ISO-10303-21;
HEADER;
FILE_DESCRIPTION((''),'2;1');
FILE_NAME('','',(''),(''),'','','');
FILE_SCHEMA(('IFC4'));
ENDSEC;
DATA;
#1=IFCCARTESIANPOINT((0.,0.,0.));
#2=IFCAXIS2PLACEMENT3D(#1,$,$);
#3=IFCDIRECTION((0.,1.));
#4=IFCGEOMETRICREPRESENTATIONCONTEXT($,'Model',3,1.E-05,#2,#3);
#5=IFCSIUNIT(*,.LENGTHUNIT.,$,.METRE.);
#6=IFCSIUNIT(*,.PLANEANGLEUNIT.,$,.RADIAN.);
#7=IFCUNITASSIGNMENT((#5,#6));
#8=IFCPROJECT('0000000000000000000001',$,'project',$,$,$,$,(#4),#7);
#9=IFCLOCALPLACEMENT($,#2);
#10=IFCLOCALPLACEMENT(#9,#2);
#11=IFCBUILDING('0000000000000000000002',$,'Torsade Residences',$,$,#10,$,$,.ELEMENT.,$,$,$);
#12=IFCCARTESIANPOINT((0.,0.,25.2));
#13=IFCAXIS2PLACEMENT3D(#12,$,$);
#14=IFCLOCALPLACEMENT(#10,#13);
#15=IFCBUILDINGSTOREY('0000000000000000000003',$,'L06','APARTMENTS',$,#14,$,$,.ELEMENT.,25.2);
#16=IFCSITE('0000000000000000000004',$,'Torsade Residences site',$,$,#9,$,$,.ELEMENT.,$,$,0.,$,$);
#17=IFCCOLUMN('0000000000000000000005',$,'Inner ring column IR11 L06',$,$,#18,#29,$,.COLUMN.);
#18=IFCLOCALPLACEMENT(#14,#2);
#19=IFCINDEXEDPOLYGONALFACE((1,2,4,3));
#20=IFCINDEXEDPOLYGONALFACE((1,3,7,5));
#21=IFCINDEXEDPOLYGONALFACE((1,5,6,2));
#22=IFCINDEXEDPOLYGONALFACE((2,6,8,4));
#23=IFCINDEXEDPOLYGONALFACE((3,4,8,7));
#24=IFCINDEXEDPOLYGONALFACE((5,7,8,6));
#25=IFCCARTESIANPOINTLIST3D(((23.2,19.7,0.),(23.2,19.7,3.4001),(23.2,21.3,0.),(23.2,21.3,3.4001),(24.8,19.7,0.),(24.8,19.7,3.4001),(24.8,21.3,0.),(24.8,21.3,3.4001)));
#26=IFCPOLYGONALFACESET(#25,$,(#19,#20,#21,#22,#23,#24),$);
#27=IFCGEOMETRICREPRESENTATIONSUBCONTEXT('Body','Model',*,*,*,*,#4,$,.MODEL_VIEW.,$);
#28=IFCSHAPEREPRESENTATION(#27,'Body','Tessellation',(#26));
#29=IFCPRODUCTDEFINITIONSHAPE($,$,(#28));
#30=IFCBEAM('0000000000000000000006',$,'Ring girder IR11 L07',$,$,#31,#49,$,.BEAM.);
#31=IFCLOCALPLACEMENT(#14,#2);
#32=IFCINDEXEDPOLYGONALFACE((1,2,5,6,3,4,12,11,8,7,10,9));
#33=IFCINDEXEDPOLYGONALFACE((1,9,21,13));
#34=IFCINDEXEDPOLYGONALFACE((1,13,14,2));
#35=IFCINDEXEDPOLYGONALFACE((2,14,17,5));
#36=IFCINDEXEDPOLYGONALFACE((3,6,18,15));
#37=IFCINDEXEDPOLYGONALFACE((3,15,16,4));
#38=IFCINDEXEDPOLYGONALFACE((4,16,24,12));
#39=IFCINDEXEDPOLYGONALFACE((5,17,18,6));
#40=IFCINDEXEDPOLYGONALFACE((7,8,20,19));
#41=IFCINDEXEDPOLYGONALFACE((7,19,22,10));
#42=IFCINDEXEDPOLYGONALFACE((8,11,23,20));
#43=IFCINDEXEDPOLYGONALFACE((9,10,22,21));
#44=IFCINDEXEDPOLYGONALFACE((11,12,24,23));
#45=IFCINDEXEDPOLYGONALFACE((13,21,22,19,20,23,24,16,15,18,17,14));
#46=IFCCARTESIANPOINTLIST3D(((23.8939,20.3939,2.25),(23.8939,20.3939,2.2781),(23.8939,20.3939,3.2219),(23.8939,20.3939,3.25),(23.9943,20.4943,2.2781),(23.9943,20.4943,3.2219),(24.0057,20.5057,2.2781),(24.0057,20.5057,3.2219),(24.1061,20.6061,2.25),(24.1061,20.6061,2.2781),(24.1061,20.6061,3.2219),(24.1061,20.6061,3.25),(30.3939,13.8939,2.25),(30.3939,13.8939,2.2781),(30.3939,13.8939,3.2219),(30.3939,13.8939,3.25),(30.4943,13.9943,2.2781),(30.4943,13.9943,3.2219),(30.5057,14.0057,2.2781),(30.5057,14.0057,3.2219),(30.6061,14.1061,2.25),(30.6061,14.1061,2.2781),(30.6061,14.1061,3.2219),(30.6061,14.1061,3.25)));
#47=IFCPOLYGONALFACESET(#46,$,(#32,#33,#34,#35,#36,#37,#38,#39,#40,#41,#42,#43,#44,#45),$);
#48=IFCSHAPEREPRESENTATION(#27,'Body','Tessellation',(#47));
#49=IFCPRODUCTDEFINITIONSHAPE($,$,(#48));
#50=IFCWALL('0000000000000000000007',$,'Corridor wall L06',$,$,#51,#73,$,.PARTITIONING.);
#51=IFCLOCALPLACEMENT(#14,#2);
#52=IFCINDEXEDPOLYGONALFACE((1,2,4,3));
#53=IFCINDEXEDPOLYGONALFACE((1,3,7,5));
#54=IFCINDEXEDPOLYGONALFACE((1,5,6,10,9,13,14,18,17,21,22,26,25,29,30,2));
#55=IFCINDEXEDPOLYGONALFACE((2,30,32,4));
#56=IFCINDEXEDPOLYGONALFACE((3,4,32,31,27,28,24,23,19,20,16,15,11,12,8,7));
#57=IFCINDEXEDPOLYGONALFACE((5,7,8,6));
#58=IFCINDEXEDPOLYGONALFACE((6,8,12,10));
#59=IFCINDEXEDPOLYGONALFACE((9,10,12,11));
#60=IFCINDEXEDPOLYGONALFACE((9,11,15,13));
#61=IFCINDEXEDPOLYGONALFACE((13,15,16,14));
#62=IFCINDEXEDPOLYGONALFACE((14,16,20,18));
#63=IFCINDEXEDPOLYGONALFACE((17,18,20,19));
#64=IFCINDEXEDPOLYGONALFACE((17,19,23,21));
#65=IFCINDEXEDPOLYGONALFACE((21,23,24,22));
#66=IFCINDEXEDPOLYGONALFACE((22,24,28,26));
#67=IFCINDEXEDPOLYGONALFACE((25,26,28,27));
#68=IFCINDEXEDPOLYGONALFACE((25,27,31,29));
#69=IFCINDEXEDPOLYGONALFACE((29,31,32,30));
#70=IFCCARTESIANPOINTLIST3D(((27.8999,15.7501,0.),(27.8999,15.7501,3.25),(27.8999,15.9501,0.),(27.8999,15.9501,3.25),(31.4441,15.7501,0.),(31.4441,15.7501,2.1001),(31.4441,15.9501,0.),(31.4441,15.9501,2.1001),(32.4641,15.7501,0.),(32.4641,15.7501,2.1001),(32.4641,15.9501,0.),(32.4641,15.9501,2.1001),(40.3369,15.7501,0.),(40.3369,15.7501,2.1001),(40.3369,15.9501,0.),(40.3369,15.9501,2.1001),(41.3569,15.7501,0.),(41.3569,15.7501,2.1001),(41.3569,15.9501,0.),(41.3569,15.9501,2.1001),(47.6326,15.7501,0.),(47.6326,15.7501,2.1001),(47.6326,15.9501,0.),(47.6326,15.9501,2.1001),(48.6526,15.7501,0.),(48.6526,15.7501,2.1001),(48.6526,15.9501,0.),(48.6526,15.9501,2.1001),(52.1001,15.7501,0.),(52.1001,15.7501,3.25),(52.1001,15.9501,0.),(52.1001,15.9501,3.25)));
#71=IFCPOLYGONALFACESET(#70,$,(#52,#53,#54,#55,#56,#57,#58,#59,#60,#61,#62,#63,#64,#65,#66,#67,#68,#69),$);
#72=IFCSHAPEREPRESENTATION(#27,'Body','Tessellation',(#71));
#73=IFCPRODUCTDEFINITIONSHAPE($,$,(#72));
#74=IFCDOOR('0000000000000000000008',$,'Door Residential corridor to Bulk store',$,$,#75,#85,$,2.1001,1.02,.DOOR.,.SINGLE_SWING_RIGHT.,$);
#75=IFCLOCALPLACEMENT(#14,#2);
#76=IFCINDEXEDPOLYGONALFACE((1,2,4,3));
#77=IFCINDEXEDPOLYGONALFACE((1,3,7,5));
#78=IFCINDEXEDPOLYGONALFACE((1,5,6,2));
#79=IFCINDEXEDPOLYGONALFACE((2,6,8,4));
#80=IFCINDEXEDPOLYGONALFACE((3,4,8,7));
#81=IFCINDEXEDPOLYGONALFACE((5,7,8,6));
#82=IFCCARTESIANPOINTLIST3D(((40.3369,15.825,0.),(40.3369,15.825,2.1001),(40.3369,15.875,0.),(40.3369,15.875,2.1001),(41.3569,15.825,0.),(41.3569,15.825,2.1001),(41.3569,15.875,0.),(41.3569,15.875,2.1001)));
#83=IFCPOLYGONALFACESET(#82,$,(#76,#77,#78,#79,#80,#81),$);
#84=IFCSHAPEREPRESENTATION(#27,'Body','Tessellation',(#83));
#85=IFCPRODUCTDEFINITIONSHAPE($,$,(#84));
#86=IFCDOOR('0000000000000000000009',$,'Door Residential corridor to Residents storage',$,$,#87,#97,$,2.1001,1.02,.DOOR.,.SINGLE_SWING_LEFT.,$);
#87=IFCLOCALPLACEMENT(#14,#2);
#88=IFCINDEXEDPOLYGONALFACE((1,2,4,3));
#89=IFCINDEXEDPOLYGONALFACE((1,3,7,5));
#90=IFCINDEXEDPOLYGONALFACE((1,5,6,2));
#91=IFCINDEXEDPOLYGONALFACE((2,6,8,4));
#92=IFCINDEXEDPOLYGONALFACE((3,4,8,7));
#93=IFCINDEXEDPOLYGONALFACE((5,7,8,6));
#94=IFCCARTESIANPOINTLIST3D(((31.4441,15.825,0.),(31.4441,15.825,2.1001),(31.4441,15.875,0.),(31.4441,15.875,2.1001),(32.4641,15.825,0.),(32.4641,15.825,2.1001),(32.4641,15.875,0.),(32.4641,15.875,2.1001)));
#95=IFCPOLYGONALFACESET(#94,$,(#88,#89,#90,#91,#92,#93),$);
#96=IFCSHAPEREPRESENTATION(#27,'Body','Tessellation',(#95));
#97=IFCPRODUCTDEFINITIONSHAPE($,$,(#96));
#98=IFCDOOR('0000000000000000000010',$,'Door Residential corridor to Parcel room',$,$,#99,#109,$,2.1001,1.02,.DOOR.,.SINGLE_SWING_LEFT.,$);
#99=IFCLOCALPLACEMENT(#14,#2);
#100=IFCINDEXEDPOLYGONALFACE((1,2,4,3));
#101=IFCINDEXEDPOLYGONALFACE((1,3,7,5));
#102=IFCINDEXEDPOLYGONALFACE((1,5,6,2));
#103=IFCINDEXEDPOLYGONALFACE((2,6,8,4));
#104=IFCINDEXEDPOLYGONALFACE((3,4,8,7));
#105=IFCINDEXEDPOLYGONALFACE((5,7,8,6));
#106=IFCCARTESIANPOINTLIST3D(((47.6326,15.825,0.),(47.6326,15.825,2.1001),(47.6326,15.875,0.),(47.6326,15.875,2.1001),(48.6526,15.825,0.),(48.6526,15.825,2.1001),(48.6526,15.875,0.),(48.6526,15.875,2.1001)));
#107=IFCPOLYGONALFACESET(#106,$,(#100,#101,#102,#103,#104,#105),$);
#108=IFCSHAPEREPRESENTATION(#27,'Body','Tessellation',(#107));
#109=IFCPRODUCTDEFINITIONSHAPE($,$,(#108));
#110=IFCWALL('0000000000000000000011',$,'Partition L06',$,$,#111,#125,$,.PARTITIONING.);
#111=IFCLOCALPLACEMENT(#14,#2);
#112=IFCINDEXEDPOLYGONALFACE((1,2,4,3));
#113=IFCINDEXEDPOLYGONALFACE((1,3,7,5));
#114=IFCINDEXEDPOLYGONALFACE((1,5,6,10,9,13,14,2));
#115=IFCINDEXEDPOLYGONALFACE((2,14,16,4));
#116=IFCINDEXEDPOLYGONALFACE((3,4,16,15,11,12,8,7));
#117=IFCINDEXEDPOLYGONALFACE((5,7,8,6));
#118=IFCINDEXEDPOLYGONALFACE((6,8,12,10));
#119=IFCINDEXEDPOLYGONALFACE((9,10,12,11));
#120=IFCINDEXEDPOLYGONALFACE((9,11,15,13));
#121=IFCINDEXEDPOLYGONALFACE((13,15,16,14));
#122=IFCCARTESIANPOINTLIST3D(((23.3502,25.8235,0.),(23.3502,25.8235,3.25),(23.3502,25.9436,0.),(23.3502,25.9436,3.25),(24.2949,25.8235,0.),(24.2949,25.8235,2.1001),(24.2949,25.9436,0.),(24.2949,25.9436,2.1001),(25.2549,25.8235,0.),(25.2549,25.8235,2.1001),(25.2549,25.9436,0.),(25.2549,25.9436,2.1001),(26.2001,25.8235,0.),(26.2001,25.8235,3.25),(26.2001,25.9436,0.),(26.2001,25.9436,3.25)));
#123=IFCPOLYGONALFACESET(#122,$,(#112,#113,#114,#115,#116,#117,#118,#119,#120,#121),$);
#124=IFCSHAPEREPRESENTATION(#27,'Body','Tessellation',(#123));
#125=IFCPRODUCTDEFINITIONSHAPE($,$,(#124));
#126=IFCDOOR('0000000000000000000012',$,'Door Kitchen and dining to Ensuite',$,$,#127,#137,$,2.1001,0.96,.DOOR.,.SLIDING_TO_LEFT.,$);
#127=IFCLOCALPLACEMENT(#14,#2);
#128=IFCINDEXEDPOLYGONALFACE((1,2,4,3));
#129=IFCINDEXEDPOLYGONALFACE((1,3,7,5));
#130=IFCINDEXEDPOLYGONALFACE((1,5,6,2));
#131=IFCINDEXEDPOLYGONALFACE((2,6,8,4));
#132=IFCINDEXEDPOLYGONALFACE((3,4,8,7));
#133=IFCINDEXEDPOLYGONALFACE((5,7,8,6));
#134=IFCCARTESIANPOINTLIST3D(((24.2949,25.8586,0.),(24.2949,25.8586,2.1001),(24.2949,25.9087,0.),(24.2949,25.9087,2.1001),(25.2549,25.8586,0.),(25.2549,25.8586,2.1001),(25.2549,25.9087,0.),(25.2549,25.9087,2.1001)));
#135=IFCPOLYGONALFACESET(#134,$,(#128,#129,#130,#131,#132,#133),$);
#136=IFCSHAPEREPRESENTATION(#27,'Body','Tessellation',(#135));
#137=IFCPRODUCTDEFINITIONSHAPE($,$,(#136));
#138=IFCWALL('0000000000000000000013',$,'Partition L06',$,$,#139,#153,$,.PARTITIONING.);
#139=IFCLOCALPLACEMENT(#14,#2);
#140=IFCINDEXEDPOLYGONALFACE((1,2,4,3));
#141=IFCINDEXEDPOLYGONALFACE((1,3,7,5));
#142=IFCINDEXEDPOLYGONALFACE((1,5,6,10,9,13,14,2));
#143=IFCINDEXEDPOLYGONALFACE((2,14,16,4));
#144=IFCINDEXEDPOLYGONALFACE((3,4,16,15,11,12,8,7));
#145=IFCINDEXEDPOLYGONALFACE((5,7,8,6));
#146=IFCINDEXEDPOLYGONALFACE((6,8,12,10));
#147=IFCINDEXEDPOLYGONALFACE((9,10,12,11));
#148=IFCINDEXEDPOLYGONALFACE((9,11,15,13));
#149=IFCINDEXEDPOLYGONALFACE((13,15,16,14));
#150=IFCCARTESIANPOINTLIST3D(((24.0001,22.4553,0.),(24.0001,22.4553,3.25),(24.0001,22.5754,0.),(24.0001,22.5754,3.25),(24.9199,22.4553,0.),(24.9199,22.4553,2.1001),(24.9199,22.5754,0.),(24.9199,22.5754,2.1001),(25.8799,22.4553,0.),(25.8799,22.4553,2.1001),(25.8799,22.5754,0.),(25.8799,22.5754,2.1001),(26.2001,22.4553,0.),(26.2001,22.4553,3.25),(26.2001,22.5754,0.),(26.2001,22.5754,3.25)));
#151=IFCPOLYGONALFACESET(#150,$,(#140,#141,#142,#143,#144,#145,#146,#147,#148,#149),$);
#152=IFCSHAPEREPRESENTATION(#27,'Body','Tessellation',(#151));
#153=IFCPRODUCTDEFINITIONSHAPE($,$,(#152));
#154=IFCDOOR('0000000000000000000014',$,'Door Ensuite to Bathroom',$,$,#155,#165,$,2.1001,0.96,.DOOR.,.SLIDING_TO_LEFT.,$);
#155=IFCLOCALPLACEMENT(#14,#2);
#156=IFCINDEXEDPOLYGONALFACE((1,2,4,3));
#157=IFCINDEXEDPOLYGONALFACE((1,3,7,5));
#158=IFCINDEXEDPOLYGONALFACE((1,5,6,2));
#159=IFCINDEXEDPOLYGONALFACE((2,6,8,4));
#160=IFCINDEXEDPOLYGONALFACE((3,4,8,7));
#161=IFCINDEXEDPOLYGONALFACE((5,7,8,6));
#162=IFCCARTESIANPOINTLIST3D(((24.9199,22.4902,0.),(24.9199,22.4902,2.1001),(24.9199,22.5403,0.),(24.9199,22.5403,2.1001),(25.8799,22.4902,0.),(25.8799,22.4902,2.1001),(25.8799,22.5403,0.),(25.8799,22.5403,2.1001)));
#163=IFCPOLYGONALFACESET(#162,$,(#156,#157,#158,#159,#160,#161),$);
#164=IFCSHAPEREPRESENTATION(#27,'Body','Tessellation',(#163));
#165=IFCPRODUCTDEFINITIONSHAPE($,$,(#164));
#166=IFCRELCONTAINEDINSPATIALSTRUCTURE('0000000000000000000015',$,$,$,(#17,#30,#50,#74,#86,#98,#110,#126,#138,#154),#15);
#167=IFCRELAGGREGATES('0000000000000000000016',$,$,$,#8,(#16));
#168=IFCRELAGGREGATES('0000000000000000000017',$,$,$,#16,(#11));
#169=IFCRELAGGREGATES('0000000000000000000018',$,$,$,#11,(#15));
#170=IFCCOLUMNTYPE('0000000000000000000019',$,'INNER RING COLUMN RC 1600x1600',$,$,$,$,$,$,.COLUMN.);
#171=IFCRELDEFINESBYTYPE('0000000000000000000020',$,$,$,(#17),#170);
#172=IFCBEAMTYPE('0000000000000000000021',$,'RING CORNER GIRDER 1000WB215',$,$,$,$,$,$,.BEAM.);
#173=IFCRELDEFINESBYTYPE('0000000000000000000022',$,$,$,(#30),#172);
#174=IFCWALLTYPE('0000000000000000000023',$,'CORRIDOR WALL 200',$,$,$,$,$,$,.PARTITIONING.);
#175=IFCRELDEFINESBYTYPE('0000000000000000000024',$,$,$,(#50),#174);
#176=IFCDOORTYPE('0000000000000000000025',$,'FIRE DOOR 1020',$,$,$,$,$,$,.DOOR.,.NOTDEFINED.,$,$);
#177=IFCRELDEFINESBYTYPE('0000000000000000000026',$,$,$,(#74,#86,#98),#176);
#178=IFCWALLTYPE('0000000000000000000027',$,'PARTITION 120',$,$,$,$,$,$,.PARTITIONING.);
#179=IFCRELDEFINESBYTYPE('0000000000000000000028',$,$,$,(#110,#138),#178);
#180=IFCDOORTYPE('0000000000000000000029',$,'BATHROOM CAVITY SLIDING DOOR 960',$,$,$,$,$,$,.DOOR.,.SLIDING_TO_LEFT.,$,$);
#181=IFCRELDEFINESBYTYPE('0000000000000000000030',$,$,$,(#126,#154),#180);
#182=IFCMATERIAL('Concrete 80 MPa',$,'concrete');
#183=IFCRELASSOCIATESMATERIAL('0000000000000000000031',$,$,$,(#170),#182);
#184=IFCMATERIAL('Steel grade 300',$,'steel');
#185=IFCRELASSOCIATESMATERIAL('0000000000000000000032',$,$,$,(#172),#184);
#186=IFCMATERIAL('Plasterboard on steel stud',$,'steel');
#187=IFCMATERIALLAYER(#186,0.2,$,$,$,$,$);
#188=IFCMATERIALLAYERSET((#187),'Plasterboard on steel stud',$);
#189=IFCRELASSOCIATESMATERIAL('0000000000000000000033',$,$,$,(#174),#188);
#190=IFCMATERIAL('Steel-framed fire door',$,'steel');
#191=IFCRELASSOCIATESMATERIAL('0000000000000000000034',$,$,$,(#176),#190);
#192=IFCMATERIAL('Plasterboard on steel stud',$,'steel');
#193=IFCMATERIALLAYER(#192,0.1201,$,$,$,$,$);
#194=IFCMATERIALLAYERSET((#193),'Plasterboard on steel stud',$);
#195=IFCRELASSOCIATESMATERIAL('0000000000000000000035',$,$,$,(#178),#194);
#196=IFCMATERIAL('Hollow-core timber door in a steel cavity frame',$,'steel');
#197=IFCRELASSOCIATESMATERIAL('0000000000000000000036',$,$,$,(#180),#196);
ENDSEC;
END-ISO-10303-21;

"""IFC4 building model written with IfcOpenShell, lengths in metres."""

from ifc_helpers import new_model, si_unit, direction, frame, frame_2d, origin, origin_2d, place, context, subcontext, project, spatial, rectangle, i_section, extrude, material, layer, layer_set, material_profile, profile_set, type_object, element, fill, save


model = new_model("IFC4")

# Units and contexts
model_context = context("Model", 3, precision=1e-05, world=origin(), true_north=direction((0.0, 1.0)))
body_context = subcontext(model_context, "Body", "Model", "MODEL_VIEW")
ifc_project = project(units=[si_unit("LENGTHUNIT", "METRE"), si_unit("PLANEANGLEUNIT", "RADIAN")], contexts=[model_context])

# Site, building, storey
site_placement = place(None, origin())
site = spatial("IfcSite", under=ifc_project, at=site_placement, Name="Torsade Residences site", CompositionType="ELEMENT", RefElevation=0.0)
building_placement = place(site_placement, origin())
building = spatial("IfcBuilding", under=site, at=building_placement, Name="Torsade Residences", CompositionType="ELEMENT")
storey_placement = place(building_placement, frame((0.0, 0.0, 25.2)))
storey = spatial("IfcBuildingStorey", under=building, at=storey_placement, Name="L06", Description="APARTMENTS", CompositionType="ELEMENT", Elevation=25.2)

# Column
ifc_material_1 = material(Name="Concrete 80 MPa", Category="concrete")
ifc_material_profile_1 = material_profile(ifc_material_1, rectangle(XDim=1.6001, YDim=1.6001, at=origin_2d()), Name="RC 1600x1600")
ifc_profile_set_1 = profile_set([ifc_material_profile_1], Name="Concrete 80 MPa")
column_type = type_object("IfcColumnType", Name="INNER RING COLUMN RC 1600x1600", PredefinedType="COLUMN", material=ifc_profile_set_1)
column_placement = place(storey_placement, frame((24.0, 20.5, 0.0), z_axis=(0.0, 0.0, 1.0), x_axis=(1.0, 0.0, 0.0)))
element("IfcColumn", 1, at=column_placement, inside=storey, type_object=column_type, Name="Inner ring column IR11 L06", PredefinedType="COLUMN", context=body_context, shape_type="SweptSolid", body=[
    extrude(rectangle(XDim=1.6001, YDim=1.6001, at=origin_2d()), origin(), (0.0, 0.0, 1.0), 3.4001),
])

# Beam
ifc_material_2 = material(Name="Steel grade 300", Category="steel")
ifc_material_profile_2 = material_profile(ifc_material_2, i_section(OverallWidth=0.3, OverallDepth=1.0, WebThickness=0.0161, FlangeThickness=0.0281, at=origin_2d()), Name="1000WB215")
ifc_profile_set_2 = profile_set([ifc_material_profile_2], Name="Steel grade 300")
beam_type = type_object("IfcBeamType", Name="RING CORNER GIRDER 1000WB215", PredefinedType="BEAM", material=ifc_profile_set_2)
beam_placement = place(storey_placement, frame((24.0, 20.5, 2.75), z_axis=(0.707107, -0.707107, 0.0), x_axis=(0.707107, 0.707107, 0.0)))
element("IfcBeam", 2, at=beam_placement, inside=storey, type_object=beam_type, Name="Ring girder IR11 L07", PredefinedType="BEAM", context=body_context, shape_type="SweptSolid", body=[
    extrude(i_section(OverallWidth=0.3, OverallDepth=1.0, WebThickness=0.0161, FlangeThickness=0.0281, at=origin_2d()), origin(), (0.0, 0.0, 1.0), 9.1924),
])

# Wall, openings, doors
ifc_material_3 = material(Name="Plasterboard on steel stud", Category="steel")
ifc_layer_1 = layer(ifc_material_3, 0.2)
ifc_layer_set_1 = layer_set([ifc_layer_1], Name="Plasterboard on steel stud")
wall_type_1 = type_object("IfcWallType", Name="CORRIDOR WALL 200", PredefinedType="PARTITIONING", material=ifc_layer_set_1)
wall_1_placement = place(storey_placement, frame((27.8999, 15.8501, 0.0), z_axis=(0.0, 0.0, 1.0), x_axis=(1.0, 0.0, 0.0)))
wall_1 = element("IfcWall", 3, at=wall_1_placement, inside=storey, type_object=wall_type_1, Name="Corridor wall L06", PredefinedType="PARTITIONING", context=body_context, shape_type="SweptSolid", body=[
    extrude(rectangle(XDim=24.2002, YDim=0.2, at=frame_2d((12.1001, 0.0))), origin(), (0.0, 0.0, 1.0), 3.25),
])
opening_1_placement = place(wall_1_placement, frame((12.437, 0.0, 0.0)))
opening_1 = element("IfcOpeningElement", 4, at=opening_1_placement, cuts=wall_1, PredefinedType="OPENING", context=body_context, shape_type="SweptSolid", body=[
    extrude(rectangle(XDim=1.02, YDim=2.1001, at=frame_2d((0.51, 1.05))), frame((0.0, 0.1099, 0.0), z_axis=(0.0, -1.0, 0.0), x_axis=(1.0, 0.0, 0.0)), (0.0, 0.0, 1.0), 0.22),
])
opening_2_placement = place(wall_1_placement, frame((3.5442, 0.0, 0.0)))
opening_2 = element("IfcOpeningElement", 5, at=opening_2_placement, cuts=wall_1, PredefinedType="OPENING", context=body_context, shape_type="SweptSolid", body=[
    extrude(rectangle(XDim=1.02, YDim=2.1001, at=frame_2d((0.51, 1.05))), frame((0.0, 0.1099, 0.0), z_axis=(0.0, -1.0, 0.0), x_axis=(1.0, 0.0, 0.0)), (0.0, 0.0, 1.0), 0.22),
])
opening_3_placement = place(wall_1_placement, frame((19.7327, 0.0, 0.0)))
opening_3 = element("IfcOpeningElement", 6, at=opening_3_placement, cuts=wall_1, PredefinedType="OPENING", context=body_context, shape_type="SweptSolid", body=[
    extrude(rectangle(XDim=1.02, YDim=2.1001, at=frame_2d((0.51, 1.05))), frame((0.0, 0.1099, 0.0), z_axis=(0.0, -1.0, 0.0), x_axis=(1.0, 0.0, 0.0)), (0.0, 0.0, 1.0), 0.22),
])
ifc_material_4 = material(Name="Steel-framed fire door", Category="steel")
door_type_1 = type_object("IfcDoorType", Name="FIRE DOOR 1020", OperationType="NOTDEFINED", PredefinedType="DOOR", material=ifc_material_4)
door_1_placement = place(opening_1_placement, origin())
door_1 = element("IfcDoor", 7, at=door_1_placement, inside=storey, type_object=door_type_1, Name="Door Residential corridor to Bulk store", OperationType="SINGLE_SWING_RIGHT", OverallHeight=2.1001, OverallWidth=1.02, PredefinedType="DOOR", context=body_context, shape_type="SweptSolid", body=[
    extrude(rectangle(XDim=1.02, YDim=2.1001, at=frame_2d((0.51, 1.05))), frame((0.0, 0.0249, 0.0), z_axis=(0.0, -1.0, 0.0), x_axis=(1.0, 0.0, 0.0)), (0.0, 0.0, 1.0), 0.05),
])
fill(opening_1, door_1)
door_2_placement = place(opening_2_placement, origin())
door_2 = element("IfcDoor", 8, at=door_2_placement, inside=storey, type_object=door_type_1, Name="Door Residential corridor to Residents storage", OperationType="SINGLE_SWING_LEFT", OverallHeight=2.1001, OverallWidth=1.02, PredefinedType="DOOR", context=body_context, shape_type="SweptSolid", body=[
    extrude(rectangle(XDim=1.02, YDim=2.1001, at=frame_2d((0.51, 1.05))), frame((0.0, 0.0249, 0.0), z_axis=(0.0, -1.0, 0.0), x_axis=(1.0, 0.0, 0.0)), (0.0, 0.0, 1.0), 0.05),
])
fill(opening_2, door_2)
door_3_placement = place(opening_3_placement, origin())
door_3 = element("IfcDoor", 9, at=door_3_placement, inside=storey, type_object=door_type_1, Name="Door Residential corridor to Parcel room", OperationType="SINGLE_SWING_LEFT", OverallHeight=2.1001, OverallWidth=1.02, PredefinedType="DOOR", context=body_context, shape_type="SweptSolid", body=[
    extrude(rectangle(XDim=1.02, YDim=2.1001, at=frame_2d((0.51, 1.05))), frame((0.0, 0.0249, 0.0), z_axis=(0.0, -1.0, 0.0), x_axis=(1.0, 0.0, 0.0)), (0.0, 0.0, 1.0), 0.05),
])
fill(opening_3, door_3)

# Walls, openings, doors
ifc_material_5 = material(Name="Plasterboard on steel stud", Category="steel")
ifc_layer_2 = layer(ifc_material_5, 0.1201)
ifc_layer_set_2 = layer_set([ifc_layer_2], Name="Plasterboard on steel stud")
wall_type_2 = type_object("IfcWallType", Name="PARTITION 120", PredefinedType="PARTITIONING", material=ifc_layer_set_2)
wall_2_placement = place(storey_placement, frame((26.2, 25.8835, 0.0), z_axis=(0.0, 0.0, 1.0), x_axis=(-1.0, 0.0, 0.0)))
wall_2 = element("IfcWall", 10, at=wall_2_placement, inside=storey, type_object=wall_type_2, Name="Partition L06", PredefinedType="PARTITIONING", context=body_context, shape_type="SweptSolid", body=[
    extrude(rectangle(XDim=2.8499, YDim=0.1201, at=frame_2d((1.4248, 0.0))), origin(), (0.0, 0.0, 1.0), 3.25),
])
opening_4_placement = place(wall_2_placement, frame((0.9451, 0.0, 0.0)))
opening_4 = element("IfcOpeningElement", 11, at=opening_4_placement, cuts=wall_2, PredefinedType="OPENING", context=body_context, shape_type="SweptSolid", body=[
    extrude(rectangle(XDim=0.96, YDim=2.1001, at=frame_2d((0.48, 1.05))), frame((0.0, 0.0701, 0.0), z_axis=(0.0, -1.0, 0.0), x_axis=(1.0, 0.0, 0.0)), (0.0, 0.0, 1.0), 0.1401),
])
ifc_material_6 = material(Name="Hollow-core timber door in a steel cavity frame", Category="steel")
door_type_2 = type_object("IfcDoorType", Name="BATHROOM CAVITY SLIDING DOOR 960", OperationType="SLIDING_TO_LEFT", PredefinedType="DOOR", material=ifc_material_6)
door_4_placement = place(opening_4_placement, origin())
door_4 = element("IfcDoor", 12, at=door_4_placement, inside=storey, type_object=door_type_2, Name="Door Kitchen and dining to Ensuite", OperationType="SLIDING_TO_LEFT", OverallHeight=2.1001, OverallWidth=0.96, PredefinedType="DOOR", context=body_context, shape_type="SweptSolid", body=[
    extrude(rectangle(XDim=0.96, YDim=2.1001, at=frame_2d((0.48, 1.05))), frame((0.0, 0.0249, 0.0), z_axis=(0.0, -1.0, 0.0), x_axis=(1.0, 0.0, 0.0)), (0.0, 0.0, 1.0), 0.05),
])
fill(opening_4, door_4)
wall_3_placement = place(storey_placement, frame((24.0, 22.5154, 0.0), z_axis=(0.0, 0.0, 1.0), x_axis=(1.0, 0.0, 0.0)))
wall_3 = element("IfcWall", 13, at=wall_3_placement, inside=storey, type_object=wall_type_2, Name="Partition L06", PredefinedType="PARTITIONING", context=body_context, shape_type="SweptSolid", body=[
    extrude(rectangle(XDim=2.2, YDim=0.1201, at=frame_2d((1.1001, 0.0))), origin(), (0.0, 0.0, 1.0), 3.25),
])
opening_5_placement = place(wall_3_placement, frame((0.9199, 0.0, 0.0)))
opening_5 = element("IfcOpeningElement", 14, at=opening_5_placement, cuts=wall_3, PredefinedType="OPENING", context=body_context, shape_type="SweptSolid", body=[
    extrude(rectangle(XDim=0.96, YDim=2.1001, at=frame_2d((0.48, 1.05))), frame((0.0, 0.0701, 0.0), z_axis=(0.0, -1.0, 0.0), x_axis=(1.0, 0.0, 0.0)), (0.0, 0.0, 1.0), 0.1401),
])
door_5_placement = place(opening_5_placement, origin())
door_5 = element("IfcDoor", 15, at=door_5_placement, inside=storey, type_object=door_type_2, Name="Door Ensuite to Bathroom", OperationType="SLIDING_TO_LEFT", OverallHeight=2.1001, OverallWidth=0.96, PredefinedType="DOOR", context=body_context, shape_type="SweptSolid", body=[
    extrude(rectangle(XDim=0.96, YDim=2.1001, at=frame_2d((0.48, 1.05))), frame((0.0, 0.0249, 0.0), z_axis=(0.0, -1.0, 0.0), x_axis=(1.0, 0.0, 0.0)), (0.0, 0.0, 1.0), 0.05),
])
fill(opening_5, door_5)

save(model, "model.ifc")
